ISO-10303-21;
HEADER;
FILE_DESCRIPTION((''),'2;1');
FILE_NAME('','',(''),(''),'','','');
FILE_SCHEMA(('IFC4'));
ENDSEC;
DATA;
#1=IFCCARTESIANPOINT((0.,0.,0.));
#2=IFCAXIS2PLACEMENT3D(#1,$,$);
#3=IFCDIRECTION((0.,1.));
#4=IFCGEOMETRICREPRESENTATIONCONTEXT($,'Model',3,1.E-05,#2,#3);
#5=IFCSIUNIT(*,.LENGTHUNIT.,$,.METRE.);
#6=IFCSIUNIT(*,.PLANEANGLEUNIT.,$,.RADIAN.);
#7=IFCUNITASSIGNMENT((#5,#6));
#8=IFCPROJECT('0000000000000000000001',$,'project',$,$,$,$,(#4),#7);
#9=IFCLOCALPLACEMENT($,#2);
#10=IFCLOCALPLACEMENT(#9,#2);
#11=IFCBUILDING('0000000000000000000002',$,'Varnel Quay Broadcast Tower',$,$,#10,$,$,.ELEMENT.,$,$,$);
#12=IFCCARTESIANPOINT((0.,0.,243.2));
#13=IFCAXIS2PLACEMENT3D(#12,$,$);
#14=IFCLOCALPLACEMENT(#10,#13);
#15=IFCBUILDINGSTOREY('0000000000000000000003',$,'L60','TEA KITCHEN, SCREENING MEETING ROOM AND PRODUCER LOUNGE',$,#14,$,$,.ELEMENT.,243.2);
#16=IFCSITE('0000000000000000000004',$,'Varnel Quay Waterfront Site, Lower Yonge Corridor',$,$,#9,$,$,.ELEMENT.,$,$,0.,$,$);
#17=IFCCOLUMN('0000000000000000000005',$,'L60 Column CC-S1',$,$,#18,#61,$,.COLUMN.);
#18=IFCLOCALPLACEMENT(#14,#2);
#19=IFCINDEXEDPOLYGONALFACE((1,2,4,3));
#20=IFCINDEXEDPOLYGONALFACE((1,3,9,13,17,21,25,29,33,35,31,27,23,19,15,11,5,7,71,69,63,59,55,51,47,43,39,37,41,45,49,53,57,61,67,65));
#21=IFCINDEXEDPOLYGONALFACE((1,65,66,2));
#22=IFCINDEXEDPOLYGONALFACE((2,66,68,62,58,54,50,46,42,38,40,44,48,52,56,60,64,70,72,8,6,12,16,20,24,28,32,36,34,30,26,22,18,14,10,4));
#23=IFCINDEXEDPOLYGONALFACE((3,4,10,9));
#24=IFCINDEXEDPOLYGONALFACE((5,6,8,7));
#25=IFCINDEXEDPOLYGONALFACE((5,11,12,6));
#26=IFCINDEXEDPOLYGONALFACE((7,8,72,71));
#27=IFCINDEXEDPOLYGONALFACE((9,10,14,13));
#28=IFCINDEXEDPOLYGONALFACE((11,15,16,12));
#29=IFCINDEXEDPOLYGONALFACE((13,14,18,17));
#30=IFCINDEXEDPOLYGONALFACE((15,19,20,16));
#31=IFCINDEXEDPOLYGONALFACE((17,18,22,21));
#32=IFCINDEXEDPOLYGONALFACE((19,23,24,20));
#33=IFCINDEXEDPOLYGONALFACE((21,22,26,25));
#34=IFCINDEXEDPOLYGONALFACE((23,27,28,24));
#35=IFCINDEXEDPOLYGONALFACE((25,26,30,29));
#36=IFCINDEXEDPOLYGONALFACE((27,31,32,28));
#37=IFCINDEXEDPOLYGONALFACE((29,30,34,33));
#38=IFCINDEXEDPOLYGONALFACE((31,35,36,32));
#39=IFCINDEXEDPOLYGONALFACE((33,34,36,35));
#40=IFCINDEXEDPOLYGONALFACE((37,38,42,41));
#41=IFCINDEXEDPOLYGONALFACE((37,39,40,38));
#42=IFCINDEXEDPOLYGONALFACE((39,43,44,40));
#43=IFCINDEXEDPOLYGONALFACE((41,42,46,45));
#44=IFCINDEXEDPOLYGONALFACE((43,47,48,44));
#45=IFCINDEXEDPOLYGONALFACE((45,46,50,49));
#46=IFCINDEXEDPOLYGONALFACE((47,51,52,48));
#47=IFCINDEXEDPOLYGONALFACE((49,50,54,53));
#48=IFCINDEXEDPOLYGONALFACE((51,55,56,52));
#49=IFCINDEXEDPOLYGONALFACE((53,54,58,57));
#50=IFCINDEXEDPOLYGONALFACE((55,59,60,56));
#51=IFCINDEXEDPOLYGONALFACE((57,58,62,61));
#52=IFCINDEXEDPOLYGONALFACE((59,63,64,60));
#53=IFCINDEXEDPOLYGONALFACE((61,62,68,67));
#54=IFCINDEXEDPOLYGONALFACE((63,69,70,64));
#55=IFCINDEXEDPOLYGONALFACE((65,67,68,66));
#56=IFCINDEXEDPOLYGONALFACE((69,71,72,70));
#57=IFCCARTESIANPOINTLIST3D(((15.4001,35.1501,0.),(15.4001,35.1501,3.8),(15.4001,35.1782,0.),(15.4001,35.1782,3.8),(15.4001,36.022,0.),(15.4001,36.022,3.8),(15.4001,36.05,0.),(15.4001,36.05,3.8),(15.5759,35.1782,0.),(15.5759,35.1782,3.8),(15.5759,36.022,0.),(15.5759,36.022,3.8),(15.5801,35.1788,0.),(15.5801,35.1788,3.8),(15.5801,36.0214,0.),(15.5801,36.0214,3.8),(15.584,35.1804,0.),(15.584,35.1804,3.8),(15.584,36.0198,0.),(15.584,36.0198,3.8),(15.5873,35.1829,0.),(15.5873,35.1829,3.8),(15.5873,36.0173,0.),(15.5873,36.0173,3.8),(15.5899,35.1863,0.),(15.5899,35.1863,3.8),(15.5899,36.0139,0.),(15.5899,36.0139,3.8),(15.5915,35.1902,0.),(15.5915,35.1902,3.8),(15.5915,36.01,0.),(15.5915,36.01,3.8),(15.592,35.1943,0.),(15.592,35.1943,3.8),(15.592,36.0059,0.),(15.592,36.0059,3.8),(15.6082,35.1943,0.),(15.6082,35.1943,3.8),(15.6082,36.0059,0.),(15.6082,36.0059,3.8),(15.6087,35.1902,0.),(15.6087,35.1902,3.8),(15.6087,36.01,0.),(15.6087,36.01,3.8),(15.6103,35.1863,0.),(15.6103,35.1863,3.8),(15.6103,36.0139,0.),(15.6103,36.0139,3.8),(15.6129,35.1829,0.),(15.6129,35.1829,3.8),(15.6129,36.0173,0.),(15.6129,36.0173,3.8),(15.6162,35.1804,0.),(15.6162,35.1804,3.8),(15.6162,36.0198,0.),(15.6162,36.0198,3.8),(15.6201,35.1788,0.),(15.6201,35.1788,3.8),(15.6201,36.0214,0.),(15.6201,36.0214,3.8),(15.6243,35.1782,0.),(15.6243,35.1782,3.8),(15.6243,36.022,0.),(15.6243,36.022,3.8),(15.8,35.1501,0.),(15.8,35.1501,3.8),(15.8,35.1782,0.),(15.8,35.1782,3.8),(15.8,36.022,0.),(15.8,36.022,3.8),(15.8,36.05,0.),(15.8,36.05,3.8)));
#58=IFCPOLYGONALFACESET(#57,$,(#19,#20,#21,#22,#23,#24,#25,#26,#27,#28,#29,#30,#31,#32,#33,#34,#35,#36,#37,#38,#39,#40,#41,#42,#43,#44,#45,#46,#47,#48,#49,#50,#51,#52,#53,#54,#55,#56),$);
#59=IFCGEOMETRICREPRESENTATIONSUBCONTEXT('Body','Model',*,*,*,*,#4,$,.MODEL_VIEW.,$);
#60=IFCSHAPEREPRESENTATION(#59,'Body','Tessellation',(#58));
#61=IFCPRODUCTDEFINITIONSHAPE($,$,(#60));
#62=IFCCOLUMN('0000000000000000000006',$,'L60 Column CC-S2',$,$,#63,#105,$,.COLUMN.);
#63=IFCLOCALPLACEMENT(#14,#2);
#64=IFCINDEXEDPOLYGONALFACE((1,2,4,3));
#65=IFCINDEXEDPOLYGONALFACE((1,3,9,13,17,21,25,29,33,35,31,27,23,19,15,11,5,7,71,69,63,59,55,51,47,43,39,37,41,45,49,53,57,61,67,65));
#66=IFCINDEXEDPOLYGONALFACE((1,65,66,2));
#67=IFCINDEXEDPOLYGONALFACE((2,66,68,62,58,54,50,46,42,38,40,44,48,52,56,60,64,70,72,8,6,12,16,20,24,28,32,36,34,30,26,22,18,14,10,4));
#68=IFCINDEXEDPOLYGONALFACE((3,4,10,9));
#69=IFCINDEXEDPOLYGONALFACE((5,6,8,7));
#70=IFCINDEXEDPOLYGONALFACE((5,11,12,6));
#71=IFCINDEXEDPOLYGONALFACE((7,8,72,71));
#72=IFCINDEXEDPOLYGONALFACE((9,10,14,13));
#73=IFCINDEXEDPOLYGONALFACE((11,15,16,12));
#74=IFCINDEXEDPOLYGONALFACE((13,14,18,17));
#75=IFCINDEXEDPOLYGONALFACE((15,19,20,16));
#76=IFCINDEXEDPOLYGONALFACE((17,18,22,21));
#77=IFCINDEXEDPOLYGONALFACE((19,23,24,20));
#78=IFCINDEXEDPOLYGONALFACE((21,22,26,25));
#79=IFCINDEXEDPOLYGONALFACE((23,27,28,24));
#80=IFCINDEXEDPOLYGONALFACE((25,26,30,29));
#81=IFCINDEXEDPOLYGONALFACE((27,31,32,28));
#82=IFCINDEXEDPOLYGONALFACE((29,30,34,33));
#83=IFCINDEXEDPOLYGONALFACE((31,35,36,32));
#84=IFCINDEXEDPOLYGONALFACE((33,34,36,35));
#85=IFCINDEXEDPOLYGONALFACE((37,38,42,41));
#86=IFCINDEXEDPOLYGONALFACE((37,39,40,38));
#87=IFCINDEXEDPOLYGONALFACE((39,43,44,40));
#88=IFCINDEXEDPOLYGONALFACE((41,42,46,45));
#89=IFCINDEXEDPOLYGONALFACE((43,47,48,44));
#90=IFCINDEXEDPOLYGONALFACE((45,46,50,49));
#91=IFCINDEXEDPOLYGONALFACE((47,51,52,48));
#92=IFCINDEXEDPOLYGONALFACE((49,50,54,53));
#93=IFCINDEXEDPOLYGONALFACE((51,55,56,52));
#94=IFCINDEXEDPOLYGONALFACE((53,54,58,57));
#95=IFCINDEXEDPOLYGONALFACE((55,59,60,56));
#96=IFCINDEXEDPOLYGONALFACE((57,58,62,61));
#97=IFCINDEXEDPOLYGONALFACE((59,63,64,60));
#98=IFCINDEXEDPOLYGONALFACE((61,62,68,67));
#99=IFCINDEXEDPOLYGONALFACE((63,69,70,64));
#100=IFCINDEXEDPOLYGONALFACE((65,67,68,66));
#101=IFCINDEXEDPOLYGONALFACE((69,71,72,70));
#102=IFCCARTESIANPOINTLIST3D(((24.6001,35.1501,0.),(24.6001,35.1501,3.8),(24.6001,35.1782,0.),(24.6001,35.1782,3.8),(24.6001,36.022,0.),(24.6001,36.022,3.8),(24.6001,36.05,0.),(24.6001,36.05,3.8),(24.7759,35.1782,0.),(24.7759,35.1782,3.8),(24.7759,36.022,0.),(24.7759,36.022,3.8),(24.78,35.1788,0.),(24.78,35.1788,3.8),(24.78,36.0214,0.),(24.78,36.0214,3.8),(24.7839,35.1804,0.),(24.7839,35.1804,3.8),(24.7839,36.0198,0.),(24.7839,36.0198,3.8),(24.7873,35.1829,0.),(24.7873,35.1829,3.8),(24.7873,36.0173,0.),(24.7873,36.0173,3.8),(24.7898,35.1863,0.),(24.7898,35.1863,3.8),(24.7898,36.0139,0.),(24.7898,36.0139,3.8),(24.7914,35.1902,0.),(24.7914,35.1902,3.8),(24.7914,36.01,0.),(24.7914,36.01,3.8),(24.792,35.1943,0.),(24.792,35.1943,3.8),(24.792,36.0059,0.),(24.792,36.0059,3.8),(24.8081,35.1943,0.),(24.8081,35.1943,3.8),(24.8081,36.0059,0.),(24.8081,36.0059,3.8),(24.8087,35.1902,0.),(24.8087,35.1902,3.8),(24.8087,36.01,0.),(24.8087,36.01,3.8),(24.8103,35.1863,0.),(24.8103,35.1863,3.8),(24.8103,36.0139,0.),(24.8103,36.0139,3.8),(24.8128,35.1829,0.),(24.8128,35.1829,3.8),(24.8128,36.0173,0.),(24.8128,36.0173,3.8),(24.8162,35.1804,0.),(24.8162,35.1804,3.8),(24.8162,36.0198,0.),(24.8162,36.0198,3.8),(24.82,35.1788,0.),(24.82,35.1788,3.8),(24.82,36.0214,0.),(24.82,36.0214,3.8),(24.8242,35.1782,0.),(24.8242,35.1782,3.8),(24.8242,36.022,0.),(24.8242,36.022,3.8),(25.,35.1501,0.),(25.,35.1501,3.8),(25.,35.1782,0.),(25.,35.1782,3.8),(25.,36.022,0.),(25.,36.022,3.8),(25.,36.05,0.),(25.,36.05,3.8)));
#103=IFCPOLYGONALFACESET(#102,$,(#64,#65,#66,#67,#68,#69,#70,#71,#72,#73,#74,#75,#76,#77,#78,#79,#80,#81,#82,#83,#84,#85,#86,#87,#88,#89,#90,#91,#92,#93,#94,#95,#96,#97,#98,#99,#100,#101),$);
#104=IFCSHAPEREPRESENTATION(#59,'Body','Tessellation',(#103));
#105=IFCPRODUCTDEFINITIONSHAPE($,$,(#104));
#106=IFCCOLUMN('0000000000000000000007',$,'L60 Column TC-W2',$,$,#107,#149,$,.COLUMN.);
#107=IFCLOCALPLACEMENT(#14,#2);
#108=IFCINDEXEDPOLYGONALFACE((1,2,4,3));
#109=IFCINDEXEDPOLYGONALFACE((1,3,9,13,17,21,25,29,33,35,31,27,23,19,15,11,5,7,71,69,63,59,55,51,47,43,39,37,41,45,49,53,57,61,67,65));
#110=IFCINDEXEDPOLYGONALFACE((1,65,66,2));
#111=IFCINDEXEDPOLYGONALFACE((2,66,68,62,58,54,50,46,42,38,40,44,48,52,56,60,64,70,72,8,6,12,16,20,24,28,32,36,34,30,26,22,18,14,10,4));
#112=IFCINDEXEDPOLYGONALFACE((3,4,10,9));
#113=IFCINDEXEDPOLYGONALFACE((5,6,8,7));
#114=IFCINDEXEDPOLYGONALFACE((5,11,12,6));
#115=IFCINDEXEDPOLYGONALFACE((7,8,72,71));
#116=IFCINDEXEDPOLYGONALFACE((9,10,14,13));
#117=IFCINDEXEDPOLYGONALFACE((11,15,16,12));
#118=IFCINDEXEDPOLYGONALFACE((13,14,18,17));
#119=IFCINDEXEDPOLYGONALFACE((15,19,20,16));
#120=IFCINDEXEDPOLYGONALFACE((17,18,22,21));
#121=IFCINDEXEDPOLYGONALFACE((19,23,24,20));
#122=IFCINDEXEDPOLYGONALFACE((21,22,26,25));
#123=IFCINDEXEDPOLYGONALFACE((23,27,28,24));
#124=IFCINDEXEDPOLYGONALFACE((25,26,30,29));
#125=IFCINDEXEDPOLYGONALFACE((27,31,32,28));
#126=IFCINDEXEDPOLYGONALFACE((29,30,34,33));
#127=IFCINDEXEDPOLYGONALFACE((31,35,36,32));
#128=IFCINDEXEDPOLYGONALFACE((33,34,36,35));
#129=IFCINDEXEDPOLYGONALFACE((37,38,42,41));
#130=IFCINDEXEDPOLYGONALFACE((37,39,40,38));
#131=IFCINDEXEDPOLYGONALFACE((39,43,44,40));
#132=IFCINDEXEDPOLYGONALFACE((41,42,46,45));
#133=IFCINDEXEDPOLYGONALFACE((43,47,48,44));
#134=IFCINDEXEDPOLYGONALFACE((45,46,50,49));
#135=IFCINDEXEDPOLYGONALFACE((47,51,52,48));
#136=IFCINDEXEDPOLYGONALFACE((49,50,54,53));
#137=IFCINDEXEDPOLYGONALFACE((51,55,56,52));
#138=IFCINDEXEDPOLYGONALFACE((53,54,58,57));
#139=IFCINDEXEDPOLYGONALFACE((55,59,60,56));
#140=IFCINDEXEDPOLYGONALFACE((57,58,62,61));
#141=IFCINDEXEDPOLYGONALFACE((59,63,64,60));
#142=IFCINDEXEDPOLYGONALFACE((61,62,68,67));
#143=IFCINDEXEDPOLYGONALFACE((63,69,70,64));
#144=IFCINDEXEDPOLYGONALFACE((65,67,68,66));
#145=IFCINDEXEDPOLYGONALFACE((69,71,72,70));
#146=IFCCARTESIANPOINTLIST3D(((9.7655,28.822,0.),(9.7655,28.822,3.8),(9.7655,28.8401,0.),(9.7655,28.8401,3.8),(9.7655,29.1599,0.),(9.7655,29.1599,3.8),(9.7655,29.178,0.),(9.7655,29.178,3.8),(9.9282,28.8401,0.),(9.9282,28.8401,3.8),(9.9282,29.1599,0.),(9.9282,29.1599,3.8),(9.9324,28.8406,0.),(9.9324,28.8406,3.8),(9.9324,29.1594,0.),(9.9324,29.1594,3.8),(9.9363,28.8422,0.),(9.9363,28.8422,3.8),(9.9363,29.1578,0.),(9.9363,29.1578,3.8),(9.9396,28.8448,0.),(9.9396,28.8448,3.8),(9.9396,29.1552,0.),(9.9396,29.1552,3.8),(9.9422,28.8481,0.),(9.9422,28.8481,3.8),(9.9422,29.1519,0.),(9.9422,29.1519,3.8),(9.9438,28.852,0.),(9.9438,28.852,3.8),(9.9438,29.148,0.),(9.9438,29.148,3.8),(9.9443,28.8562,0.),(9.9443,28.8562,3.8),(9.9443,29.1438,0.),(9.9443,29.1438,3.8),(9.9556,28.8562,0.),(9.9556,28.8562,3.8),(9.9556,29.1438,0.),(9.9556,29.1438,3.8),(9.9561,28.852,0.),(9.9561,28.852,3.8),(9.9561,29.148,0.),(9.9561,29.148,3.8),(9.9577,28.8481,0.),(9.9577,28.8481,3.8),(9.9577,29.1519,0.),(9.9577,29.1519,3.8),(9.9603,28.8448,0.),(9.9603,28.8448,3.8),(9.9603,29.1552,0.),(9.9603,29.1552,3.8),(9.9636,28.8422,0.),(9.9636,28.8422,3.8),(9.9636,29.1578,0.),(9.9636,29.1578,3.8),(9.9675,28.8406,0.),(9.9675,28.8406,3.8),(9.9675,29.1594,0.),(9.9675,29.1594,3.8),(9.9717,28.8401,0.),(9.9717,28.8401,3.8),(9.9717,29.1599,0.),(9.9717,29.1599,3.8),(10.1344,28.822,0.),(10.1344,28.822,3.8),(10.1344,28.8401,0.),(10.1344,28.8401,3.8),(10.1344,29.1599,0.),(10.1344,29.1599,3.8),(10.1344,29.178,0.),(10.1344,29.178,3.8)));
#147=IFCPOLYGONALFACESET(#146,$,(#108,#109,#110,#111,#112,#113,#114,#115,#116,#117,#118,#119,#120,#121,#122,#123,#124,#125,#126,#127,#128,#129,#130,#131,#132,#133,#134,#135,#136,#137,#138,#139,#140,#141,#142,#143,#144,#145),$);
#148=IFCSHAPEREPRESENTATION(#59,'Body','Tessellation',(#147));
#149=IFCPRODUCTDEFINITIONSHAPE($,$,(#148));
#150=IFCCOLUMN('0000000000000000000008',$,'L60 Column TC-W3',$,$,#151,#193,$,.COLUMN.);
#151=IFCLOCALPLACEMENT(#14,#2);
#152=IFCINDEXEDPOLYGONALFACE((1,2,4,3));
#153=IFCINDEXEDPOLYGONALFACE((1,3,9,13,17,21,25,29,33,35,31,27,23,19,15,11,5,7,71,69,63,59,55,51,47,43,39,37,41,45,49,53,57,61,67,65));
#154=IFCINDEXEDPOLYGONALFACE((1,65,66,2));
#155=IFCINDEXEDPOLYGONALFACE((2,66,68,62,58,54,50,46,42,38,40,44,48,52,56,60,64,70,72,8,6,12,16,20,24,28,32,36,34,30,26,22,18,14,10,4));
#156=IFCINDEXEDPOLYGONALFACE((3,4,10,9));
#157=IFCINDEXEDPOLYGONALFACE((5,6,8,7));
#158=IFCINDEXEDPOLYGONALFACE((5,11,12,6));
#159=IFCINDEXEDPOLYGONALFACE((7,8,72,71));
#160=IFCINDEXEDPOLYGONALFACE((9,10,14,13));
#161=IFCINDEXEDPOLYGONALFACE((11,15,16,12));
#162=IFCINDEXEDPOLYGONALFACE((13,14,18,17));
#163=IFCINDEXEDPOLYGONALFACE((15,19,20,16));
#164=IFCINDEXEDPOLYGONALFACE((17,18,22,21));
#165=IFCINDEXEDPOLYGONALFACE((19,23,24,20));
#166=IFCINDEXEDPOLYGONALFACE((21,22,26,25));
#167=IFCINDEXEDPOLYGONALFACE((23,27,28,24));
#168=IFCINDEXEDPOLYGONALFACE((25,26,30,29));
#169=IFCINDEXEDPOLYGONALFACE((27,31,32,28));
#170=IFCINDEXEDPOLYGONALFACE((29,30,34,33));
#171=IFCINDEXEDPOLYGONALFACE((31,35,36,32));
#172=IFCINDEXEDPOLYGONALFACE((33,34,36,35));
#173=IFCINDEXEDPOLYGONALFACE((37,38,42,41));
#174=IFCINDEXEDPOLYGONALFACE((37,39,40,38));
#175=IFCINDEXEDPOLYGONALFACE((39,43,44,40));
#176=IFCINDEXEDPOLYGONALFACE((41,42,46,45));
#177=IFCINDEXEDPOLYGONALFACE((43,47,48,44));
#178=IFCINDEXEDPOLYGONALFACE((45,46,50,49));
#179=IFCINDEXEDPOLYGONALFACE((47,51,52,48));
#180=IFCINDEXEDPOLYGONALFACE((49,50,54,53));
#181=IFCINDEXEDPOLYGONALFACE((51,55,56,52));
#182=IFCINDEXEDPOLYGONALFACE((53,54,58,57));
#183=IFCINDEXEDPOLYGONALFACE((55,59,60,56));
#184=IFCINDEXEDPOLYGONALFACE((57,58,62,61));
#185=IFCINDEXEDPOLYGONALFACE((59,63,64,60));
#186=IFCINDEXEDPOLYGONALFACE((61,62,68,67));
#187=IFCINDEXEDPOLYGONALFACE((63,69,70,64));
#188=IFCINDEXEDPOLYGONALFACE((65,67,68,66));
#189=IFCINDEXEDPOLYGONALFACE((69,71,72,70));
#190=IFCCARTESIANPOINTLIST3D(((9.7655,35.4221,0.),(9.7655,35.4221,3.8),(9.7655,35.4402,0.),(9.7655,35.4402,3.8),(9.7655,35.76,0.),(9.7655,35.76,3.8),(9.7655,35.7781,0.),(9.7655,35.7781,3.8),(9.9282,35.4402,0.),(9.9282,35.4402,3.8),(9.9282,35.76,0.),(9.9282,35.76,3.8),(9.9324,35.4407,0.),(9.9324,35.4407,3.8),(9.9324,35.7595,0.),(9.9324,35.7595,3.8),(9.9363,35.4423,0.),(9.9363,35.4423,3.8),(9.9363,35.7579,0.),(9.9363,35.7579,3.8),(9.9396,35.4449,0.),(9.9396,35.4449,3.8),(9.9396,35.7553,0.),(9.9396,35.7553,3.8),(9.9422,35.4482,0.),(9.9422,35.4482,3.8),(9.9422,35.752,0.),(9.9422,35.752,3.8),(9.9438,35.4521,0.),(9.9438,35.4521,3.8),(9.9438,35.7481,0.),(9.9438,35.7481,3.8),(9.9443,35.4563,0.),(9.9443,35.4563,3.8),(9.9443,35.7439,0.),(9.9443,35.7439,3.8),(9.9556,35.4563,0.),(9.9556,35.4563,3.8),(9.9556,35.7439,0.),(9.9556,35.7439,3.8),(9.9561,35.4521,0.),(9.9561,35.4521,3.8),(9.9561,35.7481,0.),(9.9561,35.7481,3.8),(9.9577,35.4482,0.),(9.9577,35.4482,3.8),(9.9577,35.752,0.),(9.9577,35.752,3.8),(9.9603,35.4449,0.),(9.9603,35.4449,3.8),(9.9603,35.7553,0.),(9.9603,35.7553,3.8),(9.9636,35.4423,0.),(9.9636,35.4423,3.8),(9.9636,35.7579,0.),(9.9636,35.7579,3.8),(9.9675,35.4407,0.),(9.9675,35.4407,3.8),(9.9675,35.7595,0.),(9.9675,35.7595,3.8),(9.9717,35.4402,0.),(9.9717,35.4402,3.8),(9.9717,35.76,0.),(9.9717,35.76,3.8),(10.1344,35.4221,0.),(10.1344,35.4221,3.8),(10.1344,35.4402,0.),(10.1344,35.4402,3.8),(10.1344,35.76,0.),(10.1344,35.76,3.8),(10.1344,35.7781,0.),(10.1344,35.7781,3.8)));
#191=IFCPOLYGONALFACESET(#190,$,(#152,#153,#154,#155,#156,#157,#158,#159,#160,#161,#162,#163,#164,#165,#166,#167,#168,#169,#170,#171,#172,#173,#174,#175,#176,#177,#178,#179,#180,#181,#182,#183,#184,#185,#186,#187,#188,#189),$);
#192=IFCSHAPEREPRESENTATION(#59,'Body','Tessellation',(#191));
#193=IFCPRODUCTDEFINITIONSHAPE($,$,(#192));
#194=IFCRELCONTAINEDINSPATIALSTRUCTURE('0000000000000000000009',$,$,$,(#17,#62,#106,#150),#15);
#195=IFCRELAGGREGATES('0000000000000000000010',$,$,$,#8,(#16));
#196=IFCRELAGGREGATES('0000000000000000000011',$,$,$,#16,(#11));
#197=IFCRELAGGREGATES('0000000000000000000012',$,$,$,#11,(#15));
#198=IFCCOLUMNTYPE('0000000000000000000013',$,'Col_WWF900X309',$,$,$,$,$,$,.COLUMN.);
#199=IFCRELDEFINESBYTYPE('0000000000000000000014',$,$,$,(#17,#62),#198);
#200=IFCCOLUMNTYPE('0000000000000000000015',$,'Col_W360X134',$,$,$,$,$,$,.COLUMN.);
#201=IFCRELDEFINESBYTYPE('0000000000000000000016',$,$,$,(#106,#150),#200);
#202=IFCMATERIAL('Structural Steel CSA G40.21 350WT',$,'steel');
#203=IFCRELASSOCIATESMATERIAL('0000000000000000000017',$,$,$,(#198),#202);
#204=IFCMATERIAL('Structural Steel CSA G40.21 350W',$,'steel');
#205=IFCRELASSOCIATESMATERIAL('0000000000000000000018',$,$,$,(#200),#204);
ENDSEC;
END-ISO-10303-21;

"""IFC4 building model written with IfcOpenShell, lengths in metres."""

from ifc_helpers import new_model, si_unit, direction, frame, origin, origin_2d, place, context, subcontext, project, spatial, i_section, extrude, source, transform, mapped, material, material_profile, profile_set, type_object, type_shapes, element, save


model = new_model("IFC4")

# Units and contexts
model_context = context("Model", 3, precision=1e-05, world=origin(), true_north=direction((0.0, 1.0)))
body_context = subcontext(model_context, "Body", "Model", "MODEL_VIEW")
ifc_project = project(units=[si_unit("LENGTHUNIT", "METRE"), si_unit("PLANEANGLEUNIT", "RADIAN")], contexts=[model_context])

# Site, building, storey
site_placement = place(None, origin())
site = spatial("IfcSite", under=ifc_project, at=site_placement, Name="Varnel Quay Waterfront Site, Lower Yonge Corridor", CompositionType="ELEMENT", RefElevation=0.0)
building_placement = place(site_placement, origin())
building = spatial("IfcBuilding", under=site, at=building_placement, Name="Varnel Quay Broadcast Tower", CompositionType="ELEMENT")
storey_placement = place(building_placement, frame((0.0, 0.0, 243.2)))
storey = spatial("IfcBuildingStorey", under=building, at=storey_placement, Name="L60", Description="TEA KITCHEN, SCREENING MEETING ROOM AND PRODUCER LOUNGE", CompositionType="ELEMENT", Elevation=243.2)

# Columns
ifc_material_1 = material(Name="Structural Steel CSA G40.21 350WT", Category="steel")
ifc_material_profile_1 = material_profile(ifc_material_1, i_section(OverallWidth=0.3999, OverallDepth=0.8999, WebThickness=0.0161, FlangeThickness=0.0281, FilletRadius=0.0161, at=origin_2d()), Name="WWF900X309")
ifc_profile_set_1 = profile_set([ifc_material_profile_1], Name="Structural Steel CSA G40.21 350WT")
column_type_1 = type_object("IfcColumnType", Name="Col_WWF900X309", PredefinedType="COLUMN", material=ifc_profile_set_1)
shared_shape_1 = source(origin(), body_context, "Body", "SweptSolid", [
    extrude(i_section(OverallWidth=0.3999, OverallDepth=0.8999, WebThickness=0.0161, FlangeThickness=0.0281, FilletRadius=0.0161, at=origin_2d()), origin(), (0.0, 0.0, 1.0), 3.8),
])
type_shapes(column_type_1, [shared_shape_1])
for number, where, z_axis, x_axis, name in (
    (1, (15.6001, 35.6001, 0.0), (0.0, 0.0, 1.0), (1.0, 0.0, 0.0), "L60 Column CC-S1"),
    (2, (24.8, 35.6001, 0.0), (0.0, 0.0, 1.0), (1.0, 0.0, 0.0), "L60 Column CC-S2"),
):
    element("IfcColumn", number, at=place(storey_placement, frame(where, z_axis=z_axis, x_axis=x_axis)), inside=storey, type_object=column_type_1, Name=name, PredefinedType="COLUMN", context=body_context, shape_type="MappedRepresentation", body=[
        mapped(shared_shape_1, transform((0.0, 0.0, 0.0), x_axis=(1.0, 0.0, 0.0), y_axis=(0.0, 1.0, 0.0), z_axis=(0.0, 0.0, 1.0), scale=1.0)),
    ])
ifc_material_2 = material(Name="Structural Steel CSA G40.21 350W", Category="steel")
ifc_material_profile_2 = material_profile(ifc_material_2, i_section(OverallWidth=0.3689, OverallDepth=0.356, WebThickness=0.0112, FlangeThickness=0.0181, FilletRadius=0.0161, at=origin_2d()), Name="W360X134")
ifc_profile_set_2 = profile_set([ifc_material_profile_2], Name="Structural Steel CSA G40.21 350W")
column_type_2 = type_object("IfcColumnType", Name="Col_W360X134", PredefinedType="COLUMN", material=ifc_profile_set_2)
shared_shape_2 = source(origin(), body_context, "Body", "SweptSolid", [
    extrude(i_section(OverallWidth=0.3689, OverallDepth=0.356, WebThickness=0.0112, FlangeThickness=0.0181, FilletRadius=0.0161, at=origin_2d()), origin(), (0.0, 0.0, 1.0), 3.8),
])
type_shapes(column_type_2, [shared_shape_2])
for number, where, z_axis, x_axis, name in (
    (3, (9.95, 29.0, 0.0), (0.0, 0.0, 1.0), (1.0, 0.0, 0.0), "L60 Column TC-W2"),
    (4, (9.95, 35.6001, 0.0), (0.0, 0.0, 1.0), (1.0, 0.0, 0.0), "L60 Column TC-W3"),
):
    element("IfcColumn", number, at=place(storey_placement, frame(where, z_axis=z_axis, x_axis=x_axis)), inside=storey, type_object=column_type_2, Name=name, PredefinedType="COLUMN", context=body_context, shape_type="MappedRepresentation", body=[
        mapped(shared_shape_2, transform((0.0, 0.0, 0.0), x_axis=(1.0, 0.0, 0.0), y_axis=(0.0, 1.0, 0.0), z_axis=(0.0, 0.0, 1.0), scale=1.0)),
    ])

save(model, "model.ifc")
